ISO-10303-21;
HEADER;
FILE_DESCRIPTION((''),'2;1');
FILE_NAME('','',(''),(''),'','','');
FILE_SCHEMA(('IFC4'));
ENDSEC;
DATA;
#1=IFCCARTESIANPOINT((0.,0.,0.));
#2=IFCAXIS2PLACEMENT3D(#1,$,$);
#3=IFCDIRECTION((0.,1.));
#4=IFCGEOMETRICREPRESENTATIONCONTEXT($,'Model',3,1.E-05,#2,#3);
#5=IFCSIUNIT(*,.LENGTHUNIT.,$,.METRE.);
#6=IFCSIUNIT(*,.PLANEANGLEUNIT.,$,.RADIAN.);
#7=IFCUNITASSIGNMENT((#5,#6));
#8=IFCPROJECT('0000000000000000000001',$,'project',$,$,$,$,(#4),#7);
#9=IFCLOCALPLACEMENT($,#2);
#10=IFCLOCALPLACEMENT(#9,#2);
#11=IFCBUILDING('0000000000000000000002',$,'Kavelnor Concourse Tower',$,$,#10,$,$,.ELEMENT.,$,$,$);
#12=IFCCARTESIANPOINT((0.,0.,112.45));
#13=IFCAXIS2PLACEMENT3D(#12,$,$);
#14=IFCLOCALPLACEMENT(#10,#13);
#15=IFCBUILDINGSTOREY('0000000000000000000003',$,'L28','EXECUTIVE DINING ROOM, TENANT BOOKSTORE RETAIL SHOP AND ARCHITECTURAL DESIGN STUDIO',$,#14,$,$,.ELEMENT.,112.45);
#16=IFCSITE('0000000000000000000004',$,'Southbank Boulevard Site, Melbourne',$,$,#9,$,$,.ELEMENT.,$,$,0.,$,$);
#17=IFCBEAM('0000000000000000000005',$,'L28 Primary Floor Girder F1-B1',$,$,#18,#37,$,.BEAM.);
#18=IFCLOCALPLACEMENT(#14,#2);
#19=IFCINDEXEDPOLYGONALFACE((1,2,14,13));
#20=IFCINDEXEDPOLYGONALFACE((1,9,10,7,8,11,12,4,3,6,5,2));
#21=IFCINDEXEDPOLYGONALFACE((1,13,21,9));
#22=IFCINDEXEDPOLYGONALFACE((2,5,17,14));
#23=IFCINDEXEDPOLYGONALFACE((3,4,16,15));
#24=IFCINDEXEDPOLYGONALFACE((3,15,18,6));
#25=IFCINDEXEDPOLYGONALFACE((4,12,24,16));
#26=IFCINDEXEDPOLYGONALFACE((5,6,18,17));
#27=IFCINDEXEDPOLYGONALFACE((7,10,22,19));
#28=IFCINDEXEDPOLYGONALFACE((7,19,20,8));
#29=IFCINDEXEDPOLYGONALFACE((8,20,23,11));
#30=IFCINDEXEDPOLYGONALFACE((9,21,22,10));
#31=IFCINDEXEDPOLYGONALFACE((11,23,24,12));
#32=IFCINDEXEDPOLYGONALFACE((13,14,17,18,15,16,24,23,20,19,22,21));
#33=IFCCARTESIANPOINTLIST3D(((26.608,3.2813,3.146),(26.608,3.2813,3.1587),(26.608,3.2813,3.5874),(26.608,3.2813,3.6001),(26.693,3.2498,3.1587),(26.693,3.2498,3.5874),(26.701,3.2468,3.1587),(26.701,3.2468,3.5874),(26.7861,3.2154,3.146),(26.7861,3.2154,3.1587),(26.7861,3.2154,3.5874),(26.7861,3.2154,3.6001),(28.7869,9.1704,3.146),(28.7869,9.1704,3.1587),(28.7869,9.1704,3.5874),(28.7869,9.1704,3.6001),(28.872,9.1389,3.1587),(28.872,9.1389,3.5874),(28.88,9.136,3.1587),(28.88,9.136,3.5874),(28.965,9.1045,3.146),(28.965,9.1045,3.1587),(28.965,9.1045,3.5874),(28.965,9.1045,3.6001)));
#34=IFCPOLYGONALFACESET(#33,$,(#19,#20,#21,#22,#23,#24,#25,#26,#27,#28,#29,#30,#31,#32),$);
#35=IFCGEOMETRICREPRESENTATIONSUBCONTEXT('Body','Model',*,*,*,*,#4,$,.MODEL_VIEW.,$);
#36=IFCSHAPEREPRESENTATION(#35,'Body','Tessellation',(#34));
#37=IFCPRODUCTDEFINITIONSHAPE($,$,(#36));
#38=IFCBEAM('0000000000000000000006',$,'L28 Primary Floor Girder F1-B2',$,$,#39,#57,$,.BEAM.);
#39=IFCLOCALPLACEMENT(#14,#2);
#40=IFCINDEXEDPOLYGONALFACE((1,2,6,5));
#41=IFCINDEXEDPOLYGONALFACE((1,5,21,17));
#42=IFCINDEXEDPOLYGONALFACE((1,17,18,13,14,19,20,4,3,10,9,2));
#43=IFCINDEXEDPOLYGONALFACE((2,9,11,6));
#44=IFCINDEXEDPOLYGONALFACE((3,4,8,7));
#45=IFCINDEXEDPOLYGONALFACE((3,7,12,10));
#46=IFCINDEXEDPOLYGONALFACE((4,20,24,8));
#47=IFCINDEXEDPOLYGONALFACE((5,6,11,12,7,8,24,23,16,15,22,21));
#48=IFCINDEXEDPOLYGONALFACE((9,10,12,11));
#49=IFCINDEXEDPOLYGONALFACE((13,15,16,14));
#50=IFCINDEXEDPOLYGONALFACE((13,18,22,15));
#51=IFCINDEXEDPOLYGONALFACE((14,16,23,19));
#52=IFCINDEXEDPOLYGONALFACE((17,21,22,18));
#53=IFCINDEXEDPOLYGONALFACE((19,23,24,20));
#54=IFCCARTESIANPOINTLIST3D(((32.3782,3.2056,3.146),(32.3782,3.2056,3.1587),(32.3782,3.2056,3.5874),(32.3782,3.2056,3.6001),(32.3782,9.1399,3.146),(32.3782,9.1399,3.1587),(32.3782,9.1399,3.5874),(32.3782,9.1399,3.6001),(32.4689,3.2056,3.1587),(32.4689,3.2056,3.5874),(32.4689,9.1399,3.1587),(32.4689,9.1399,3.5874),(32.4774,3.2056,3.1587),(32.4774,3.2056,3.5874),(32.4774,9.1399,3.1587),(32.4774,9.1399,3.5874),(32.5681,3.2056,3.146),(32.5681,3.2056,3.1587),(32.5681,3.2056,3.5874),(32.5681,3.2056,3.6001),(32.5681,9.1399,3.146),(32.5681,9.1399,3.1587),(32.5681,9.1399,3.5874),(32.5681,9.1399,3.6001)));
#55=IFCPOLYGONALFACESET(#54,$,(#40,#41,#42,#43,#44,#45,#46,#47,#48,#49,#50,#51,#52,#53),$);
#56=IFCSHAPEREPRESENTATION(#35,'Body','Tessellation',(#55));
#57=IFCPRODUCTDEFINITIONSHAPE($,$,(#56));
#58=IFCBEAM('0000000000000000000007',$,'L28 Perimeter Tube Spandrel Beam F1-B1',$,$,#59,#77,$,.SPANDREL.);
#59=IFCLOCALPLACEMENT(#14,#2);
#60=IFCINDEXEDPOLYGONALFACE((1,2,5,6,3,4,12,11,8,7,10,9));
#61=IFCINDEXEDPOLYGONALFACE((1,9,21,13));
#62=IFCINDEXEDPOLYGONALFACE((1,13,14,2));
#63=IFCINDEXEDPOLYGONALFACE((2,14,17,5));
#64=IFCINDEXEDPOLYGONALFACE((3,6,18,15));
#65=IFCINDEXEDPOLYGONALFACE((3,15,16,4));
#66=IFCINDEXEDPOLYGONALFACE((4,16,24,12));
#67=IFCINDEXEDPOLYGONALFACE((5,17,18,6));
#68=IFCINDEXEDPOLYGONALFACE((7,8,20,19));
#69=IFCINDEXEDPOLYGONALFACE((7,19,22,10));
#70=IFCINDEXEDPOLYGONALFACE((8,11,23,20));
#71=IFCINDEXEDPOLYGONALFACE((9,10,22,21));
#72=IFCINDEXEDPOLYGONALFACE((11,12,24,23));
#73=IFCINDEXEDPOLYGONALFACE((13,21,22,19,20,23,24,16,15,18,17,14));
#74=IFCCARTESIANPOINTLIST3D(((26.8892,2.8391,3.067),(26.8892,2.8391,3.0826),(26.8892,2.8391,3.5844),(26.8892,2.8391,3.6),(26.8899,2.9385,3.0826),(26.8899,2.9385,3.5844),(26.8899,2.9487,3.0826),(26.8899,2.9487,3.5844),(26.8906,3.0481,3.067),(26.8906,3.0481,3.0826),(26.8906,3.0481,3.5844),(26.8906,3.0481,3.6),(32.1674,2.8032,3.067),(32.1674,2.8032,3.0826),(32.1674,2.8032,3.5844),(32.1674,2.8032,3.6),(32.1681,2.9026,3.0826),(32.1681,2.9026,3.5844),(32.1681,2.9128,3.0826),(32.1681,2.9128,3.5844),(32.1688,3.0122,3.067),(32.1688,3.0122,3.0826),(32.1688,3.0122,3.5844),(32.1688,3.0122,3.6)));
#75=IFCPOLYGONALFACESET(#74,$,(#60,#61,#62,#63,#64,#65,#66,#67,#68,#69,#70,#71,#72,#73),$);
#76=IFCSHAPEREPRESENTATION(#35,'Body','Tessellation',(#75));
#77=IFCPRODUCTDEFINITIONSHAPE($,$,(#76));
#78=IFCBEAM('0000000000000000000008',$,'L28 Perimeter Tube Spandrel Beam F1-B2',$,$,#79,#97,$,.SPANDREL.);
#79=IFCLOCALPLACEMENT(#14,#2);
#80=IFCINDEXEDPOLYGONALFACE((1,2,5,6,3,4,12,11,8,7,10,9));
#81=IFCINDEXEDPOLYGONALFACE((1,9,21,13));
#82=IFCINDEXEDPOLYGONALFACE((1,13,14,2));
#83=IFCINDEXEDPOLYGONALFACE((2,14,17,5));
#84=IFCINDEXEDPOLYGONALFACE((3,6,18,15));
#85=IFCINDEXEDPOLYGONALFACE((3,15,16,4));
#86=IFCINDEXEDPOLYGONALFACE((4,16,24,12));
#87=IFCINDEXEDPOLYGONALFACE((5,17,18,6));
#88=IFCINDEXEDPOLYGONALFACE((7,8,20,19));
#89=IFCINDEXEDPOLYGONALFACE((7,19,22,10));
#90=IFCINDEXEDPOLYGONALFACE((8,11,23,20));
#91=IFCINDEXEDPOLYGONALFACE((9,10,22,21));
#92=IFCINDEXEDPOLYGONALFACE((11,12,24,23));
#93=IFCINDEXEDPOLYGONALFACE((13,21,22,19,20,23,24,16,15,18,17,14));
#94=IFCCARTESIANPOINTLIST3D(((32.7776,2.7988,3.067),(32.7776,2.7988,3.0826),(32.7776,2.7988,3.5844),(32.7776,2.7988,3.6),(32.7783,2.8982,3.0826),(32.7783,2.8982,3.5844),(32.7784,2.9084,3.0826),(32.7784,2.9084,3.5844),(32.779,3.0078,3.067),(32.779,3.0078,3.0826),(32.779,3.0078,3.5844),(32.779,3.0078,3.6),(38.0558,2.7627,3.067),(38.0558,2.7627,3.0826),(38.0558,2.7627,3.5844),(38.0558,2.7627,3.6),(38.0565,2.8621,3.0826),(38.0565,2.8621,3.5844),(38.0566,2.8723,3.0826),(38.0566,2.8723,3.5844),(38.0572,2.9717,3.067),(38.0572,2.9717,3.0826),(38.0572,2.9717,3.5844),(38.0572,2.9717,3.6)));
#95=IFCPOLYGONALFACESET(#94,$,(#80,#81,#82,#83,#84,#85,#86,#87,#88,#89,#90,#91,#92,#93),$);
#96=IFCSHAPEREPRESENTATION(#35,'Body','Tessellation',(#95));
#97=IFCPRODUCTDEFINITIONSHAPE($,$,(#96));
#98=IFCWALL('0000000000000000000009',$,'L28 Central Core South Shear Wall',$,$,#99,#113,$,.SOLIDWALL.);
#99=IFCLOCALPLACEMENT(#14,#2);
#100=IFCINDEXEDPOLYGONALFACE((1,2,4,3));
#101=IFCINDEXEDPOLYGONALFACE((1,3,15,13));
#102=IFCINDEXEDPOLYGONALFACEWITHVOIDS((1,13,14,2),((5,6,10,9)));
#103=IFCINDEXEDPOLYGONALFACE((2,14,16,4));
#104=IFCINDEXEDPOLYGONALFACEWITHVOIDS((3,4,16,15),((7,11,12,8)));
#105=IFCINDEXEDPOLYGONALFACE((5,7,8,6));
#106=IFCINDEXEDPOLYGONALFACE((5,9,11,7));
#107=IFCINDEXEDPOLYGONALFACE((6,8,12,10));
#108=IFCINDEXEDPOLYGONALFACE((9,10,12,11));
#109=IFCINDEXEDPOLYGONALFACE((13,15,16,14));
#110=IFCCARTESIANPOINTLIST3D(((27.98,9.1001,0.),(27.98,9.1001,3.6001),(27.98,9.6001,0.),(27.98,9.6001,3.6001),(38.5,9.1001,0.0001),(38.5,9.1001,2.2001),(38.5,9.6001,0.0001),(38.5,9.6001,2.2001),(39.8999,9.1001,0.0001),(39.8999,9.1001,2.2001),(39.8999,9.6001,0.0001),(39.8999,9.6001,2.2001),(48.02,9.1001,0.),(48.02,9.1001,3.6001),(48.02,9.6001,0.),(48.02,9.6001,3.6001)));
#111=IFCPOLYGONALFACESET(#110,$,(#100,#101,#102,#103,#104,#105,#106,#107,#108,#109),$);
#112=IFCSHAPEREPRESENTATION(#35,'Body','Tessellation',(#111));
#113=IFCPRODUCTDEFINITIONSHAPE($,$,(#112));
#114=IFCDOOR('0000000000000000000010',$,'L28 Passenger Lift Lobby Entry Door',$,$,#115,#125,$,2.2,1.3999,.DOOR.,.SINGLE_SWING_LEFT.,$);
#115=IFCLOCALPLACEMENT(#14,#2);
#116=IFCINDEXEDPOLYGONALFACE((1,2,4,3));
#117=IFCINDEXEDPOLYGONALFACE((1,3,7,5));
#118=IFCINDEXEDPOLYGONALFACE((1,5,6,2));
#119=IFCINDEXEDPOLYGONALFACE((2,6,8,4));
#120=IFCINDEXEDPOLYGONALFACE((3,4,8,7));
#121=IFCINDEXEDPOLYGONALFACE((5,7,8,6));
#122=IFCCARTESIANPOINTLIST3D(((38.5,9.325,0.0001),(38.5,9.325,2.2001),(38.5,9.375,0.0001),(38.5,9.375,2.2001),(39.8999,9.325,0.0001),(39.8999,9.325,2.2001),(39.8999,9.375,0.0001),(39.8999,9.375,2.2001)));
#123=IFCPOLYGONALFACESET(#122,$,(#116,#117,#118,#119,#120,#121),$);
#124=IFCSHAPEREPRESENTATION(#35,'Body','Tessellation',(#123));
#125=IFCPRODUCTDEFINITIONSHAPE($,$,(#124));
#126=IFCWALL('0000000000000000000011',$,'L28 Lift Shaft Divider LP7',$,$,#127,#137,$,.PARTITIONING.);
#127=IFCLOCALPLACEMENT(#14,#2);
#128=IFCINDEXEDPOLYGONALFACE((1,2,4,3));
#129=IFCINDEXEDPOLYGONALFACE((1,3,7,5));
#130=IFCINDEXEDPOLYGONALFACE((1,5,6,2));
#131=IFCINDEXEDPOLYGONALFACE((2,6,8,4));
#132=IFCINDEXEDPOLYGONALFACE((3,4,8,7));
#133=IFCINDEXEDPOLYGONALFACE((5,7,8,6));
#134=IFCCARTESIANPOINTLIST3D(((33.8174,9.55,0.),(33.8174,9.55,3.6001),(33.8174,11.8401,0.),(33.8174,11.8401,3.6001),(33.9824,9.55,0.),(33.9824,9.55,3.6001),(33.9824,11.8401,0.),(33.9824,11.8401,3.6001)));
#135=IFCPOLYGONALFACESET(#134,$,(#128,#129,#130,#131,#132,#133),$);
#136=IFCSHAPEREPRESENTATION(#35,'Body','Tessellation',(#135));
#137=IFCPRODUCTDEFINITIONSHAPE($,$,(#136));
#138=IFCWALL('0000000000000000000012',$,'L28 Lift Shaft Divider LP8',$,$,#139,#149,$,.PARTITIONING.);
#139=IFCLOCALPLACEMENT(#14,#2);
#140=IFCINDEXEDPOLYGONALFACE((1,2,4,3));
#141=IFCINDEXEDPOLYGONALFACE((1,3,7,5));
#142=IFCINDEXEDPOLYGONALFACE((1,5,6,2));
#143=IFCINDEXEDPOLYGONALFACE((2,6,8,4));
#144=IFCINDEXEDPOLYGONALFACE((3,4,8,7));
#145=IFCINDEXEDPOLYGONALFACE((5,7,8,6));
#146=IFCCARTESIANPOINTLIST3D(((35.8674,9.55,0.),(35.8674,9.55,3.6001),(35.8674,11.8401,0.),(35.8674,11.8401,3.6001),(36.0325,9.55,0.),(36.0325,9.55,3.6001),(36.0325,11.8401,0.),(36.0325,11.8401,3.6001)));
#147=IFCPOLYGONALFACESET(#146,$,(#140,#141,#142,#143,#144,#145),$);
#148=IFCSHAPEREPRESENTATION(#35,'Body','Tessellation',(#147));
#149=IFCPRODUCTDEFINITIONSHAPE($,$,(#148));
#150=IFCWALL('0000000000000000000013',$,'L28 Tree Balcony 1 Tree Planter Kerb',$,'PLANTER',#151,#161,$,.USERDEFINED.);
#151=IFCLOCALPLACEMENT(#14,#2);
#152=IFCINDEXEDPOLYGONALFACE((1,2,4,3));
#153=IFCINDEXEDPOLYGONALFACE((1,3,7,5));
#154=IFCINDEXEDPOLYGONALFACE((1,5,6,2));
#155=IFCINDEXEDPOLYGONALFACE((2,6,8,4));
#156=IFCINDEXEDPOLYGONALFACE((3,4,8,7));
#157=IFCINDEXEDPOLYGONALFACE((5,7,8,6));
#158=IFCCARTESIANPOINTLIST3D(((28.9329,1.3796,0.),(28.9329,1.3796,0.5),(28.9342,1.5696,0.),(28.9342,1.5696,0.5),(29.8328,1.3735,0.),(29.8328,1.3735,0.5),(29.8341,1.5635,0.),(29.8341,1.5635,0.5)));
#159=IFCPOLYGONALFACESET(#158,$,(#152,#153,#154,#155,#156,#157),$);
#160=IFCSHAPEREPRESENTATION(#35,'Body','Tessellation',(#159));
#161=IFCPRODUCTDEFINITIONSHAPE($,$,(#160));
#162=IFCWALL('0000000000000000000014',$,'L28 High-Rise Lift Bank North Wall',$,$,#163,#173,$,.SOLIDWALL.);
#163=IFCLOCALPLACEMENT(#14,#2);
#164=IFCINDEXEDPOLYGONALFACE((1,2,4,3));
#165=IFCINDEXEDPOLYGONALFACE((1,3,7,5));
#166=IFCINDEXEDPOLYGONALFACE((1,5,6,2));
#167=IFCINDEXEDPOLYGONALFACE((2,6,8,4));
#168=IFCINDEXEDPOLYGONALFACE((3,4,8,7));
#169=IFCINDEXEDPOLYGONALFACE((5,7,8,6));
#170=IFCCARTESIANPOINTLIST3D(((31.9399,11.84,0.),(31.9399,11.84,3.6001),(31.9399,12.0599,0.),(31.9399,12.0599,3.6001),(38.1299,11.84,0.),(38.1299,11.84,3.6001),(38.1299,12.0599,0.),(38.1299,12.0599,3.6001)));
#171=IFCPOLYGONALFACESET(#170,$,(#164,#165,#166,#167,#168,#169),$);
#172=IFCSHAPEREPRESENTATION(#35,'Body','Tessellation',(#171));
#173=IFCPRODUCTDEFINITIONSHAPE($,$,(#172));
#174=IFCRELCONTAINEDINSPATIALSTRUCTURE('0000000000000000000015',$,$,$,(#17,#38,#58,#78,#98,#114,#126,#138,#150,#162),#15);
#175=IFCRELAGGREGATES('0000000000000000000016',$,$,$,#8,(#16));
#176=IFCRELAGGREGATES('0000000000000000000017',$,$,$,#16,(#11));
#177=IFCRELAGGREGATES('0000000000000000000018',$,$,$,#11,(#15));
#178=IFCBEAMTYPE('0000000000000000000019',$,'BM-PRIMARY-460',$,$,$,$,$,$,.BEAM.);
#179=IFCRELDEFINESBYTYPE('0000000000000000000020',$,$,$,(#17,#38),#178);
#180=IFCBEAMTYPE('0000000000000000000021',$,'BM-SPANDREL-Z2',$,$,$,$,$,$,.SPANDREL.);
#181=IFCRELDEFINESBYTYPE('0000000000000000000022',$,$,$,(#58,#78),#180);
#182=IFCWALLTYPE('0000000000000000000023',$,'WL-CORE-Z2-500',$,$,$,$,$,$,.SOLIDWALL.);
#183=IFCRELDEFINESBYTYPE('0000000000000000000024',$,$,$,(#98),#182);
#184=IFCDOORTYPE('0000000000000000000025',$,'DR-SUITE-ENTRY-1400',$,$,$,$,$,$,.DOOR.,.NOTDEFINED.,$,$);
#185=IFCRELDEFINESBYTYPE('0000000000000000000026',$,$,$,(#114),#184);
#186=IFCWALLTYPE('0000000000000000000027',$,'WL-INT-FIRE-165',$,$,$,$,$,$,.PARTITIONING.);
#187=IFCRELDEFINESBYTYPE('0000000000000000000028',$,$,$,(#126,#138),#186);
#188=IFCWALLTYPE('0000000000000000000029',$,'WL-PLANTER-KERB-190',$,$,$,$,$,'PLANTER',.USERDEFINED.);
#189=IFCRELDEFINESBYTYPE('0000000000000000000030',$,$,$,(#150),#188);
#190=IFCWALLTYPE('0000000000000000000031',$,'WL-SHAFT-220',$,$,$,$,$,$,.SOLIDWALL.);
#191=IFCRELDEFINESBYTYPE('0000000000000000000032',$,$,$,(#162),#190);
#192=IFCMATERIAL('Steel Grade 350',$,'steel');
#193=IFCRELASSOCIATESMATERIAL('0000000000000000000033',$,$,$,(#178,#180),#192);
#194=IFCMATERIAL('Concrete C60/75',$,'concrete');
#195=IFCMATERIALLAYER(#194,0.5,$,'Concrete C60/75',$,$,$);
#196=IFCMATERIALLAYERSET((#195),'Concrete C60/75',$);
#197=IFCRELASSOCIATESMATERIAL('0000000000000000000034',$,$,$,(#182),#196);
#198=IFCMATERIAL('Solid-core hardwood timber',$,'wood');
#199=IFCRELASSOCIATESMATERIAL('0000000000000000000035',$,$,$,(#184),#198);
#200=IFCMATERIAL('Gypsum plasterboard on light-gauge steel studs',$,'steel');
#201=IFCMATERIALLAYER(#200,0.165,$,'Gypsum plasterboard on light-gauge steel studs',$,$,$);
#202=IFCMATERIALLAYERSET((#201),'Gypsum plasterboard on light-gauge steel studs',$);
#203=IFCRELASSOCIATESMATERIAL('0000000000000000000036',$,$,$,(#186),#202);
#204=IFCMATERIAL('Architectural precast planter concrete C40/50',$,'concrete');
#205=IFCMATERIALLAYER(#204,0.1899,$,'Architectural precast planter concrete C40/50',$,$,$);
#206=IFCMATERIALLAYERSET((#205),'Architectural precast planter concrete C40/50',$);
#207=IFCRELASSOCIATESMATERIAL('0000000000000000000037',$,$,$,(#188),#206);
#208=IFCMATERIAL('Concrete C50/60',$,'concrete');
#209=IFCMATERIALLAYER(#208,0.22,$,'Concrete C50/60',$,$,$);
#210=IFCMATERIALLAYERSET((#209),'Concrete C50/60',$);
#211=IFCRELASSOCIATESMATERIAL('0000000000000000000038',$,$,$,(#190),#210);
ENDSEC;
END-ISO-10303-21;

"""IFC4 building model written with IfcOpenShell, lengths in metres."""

from ifc_helpers import new_model, si_unit, direction, frame, frame_2d, origin, origin_2d, place, context, subcontext, project, spatial, rectangle, i_section, extrude, material, layer, layer_set, material_profile, profile_set, type_object, element, fill, save


model = new_model("IFC4")

# Units and contexts
model_context = context("Model", 3, precision=1e-05, world=origin(), true_north=direction((0.0, 1.0)))
body_context = subcontext(model_context, "Body", "Model", "MODEL_VIEW")
ifc_project = project(units=[si_unit("LENGTHUNIT", "METRE"), si_unit("PLANEANGLEUNIT", "RADIAN")], contexts=[model_context])

# Site, building, storey
site_placement = place(None, origin())
site = spatial("IfcSite", under=ifc_project, at=site_placement, Name="Southbank Boulevard Site, Melbourne", CompositionType="ELEMENT", RefElevation=0.0)
building_placement = place(site_placement, origin())
building = spatial("IfcBuilding", under=site, at=building_placement, Name="Kavelnor Concourse Tower", CompositionType="ELEMENT")
storey_placement = place(building_placement, frame((0.0, 0.0, 112.45)))
storey = spatial("IfcBuildingStorey", under=building, at=storey_placement, Name="L28", Description="EXECUTIVE DINING ROOM, TENANT BOOKSTORE RETAIL SHOP AND ARCHITECTURAL DESIGN STUDIO", CompositionType="ELEMENT", Elevation=112.45)

# Shared definitions
ifc_material_1 = material(Name="Steel Grade 350", Category="steel")

# Beams
ifc_material_profile_1 = material_profile(ifc_material_1, i_section(OverallWidth=0.1899, OverallDepth=0.4541, WebThickness=0.0085, FlangeThickness=0.0127, at=origin_2d()), Name="460UB67")
ifc_profile_set_1 = profile_set([ifc_material_profile_1], Name="Steel Grade 350")
beam_type_1 = type_object("IfcBeamType", Name="BM-PRIMARY-460", PredefinedType="BEAM", material=ifc_profile_set_1)
beam_1_placement = place(storey_placement, frame((28.876, 9.1375, 3.373), z_axis=(-0.347004, -0.937864, 0.0), x_axis=(0.937864, -0.347004, 0.0)))
element("IfcBeam", 1, at=beam_1_placement, inside=storey, type_object=beam_type_1, Name="L28 Primary Floor Girder F1-B1", PredefinedType="BEAM", context=body_context, shape_type="SweptSolid", body=[
    extrude(i_section(OverallWidth=0.1899, OverallDepth=0.4541, WebThickness=0.0085, FlangeThickness=0.0127, at=origin_2d()), origin(), (0.0, 0.0, 1.0), 6.2793),
])
beam_2_placement = place(storey_placement, frame((32.4731, 9.1399, 3.373), z_axis=(0.0, -1.0, 0.0), x_axis=(1.0, 0.0, 0.0)))
element("IfcBeam", 2, at=beam_2_placement, inside=storey, type_object=beam_type_1, Name="L28 Primary Floor Girder F1-B2", PredefinedType="BEAM", context=body_context, shape_type="SweptSolid", body=[
    extrude(i_section(OverallWidth=0.1899, OverallDepth=0.4541, WebThickness=0.0085, FlangeThickness=0.0127, at=origin_2d()), origin(), (0.0, 0.0, 1.0), 5.9343),
])
ifc_material_profile_2 = material_profile(ifc_material_1, i_section(OverallWidth=0.209, OverallDepth=0.533, WebThickness=0.0103, FlangeThickness=0.0156, at=origin_2d()), Name="530UB92")
ifc_profile_set_2 = profile_set([ifc_material_profile_2], Name="Steel Grade 350")
beam_type_2 = type_object("IfcBeamType", Name="BM-SPANDREL-Z2", PredefinedType="SPANDREL", material=ifc_profile_set_2)
for number, where, z_axis, x_axis, name in (
    (3, (26.8899, 2.9436, 3.3335), (0.999977, -0.006799, 0.0), (0.006799, 0.999977, 0.0), "L28 Perimeter Tube Spandrel Beam F1-B1"),
    (4, (32.7783, 2.9033, 3.3335), (0.999977, -0.006846, 0.0), (0.006846, 0.999977, 0.0), "L28 Perimeter Tube Spandrel Beam F1-B2"),
):
    element("IfcBeam", number, at=place(storey_placement, frame(where, z_axis=z_axis, x_axis=x_axis)), inside=storey, type_object=beam_type_2, Name=name, PredefinedType="SPANDREL", context=body_context, shape_type="SweptSolid", body=[
        extrude(i_section(OverallWidth=0.209, OverallDepth=0.533, WebThickness=0.0103, FlangeThickness=0.0156, at=origin_2d()), origin(), (0.0, 0.0, 1.0), 5.2783),
    ])

# Wall, opening, door
ifc_material_2 = material(Name="Concrete C60/75", Category="concrete")
ifc_layer_1 = layer(ifc_material_2, 0.5, Name="Concrete C60/75")
ifc_layer_set_1 = layer_set([ifc_layer_1], Name="Concrete C60/75")
wall_type_1 = type_object("IfcWallType", Name="WL-CORE-Z2-500", PredefinedType="SOLIDWALL", material=ifc_layer_set_1)
wall_1_placement = place(storey_placement, frame((27.98, 9.3501, 0.0), z_axis=(0.0, 0.0, 1.0), x_axis=(1.0, 0.0, 0.0)))
wall_1 = element("IfcWall", 5, at=wall_1_placement, inside=storey, type_object=wall_type_1, Name="L28 Central Core South Shear Wall", PredefinedType="SOLIDWALL", context=body_context, shape_type="SweptSolid", body=[
    extrude(rectangle(XDim=20.04, YDim=0.5, at=frame_2d((10.02, 0.0))), origin(), (0.0, 0.0, 1.0), 3.6001),
])
opening_1_placement = place(wall_1_placement, frame((10.52, 0.0, 0.0)))
opening_1 = element("IfcOpeningElement", 6, at=opening_1_placement, cuts=wall_1, PredefinedType="OPENING", context=body_context, shape_type="SweptSolid", body=[
    extrude(rectangle(XDim=1.3999, YDim=2.2, at=frame_2d((0.7, 1.1001))), frame((0.0, 0.26, 0.0), z_axis=(0.0, -1.0, 0.0), x_axis=(1.0, 0.0, 0.0)), (0.0, 0.0, 1.0), 0.52),
])
ifc_material_3 = material(Name="Solid-core hardwood timber", Category="wood")
door_type_1 = type_object("IfcDoorType", Name="DR-SUITE-ENTRY-1400", OperationType="NOTDEFINED", PredefinedType="DOOR", material=ifc_material_3)
door_1_placement = place(opening_1_placement, origin())
door_1 = element("IfcDoor", 7, at=door_1_placement, inside=storey, type_object=door_type_1, Name="L28 Passenger Lift Lobby Entry Door", OperationType="SINGLE_SWING_LEFT", OverallHeight=2.2, OverallWidth=1.3999, PredefinedType="DOOR", context=body_context, shape_type="SweptSolid", body=[
    extrude(rectangle(XDim=1.3999, YDim=2.2, at=frame_2d((0.7, 1.1001))), frame((0.0, 0.0249, 0.0), z_axis=(0.0, -1.0, 0.0), x_axis=(1.0, 0.0, 0.0)), (0.0, 0.0, 1.0), 0.05),
])
fill(opening_1, door_1)

# Walls
ifc_material_4 = material(Name="Gypsum plasterboard on light-gauge steel studs", Category="steel")
ifc_layer_2 = layer(ifc_material_4, 0.165, Name="Gypsum plasterboard on light-gauge steel studs")
ifc_layer_set_2 = layer_set([ifc_layer_2], Name="Gypsum plasterboard on light-gauge steel studs")
wall_type_2 = type_object("IfcWallType", Name="WL-INT-FIRE-165", PredefinedType="PARTITIONING", material=ifc_layer_set_2)
for number, where, z_axis, x_axis, name in (
    (8, (33.8999, 9.55, 0.0), (0.0, 0.0, 1.0), (0.0, 1.0, 0.0), "L28 Lift Shaft Divider LP7"),
    (9, (35.95, 9.55, 0.0), (0.0, 0.0, 1.0), (0.0, 1.0, 0.0), "L28 Lift Shaft Divider LP8"),
):
    element("IfcWall", number, at=place(storey_placement, frame(where, z_axis=z_axis, x_axis=x_axis)), inside=storey, type_object=wall_type_2, Name=name, PredefinedType="PARTITIONING", context=body_context, shape_type="SweptSolid", body=[
        extrude(rectangle(XDim=2.29, YDim=0.165, at=frame_2d((1.145, 0.0))), origin(), (0.0, 0.0, 1.0), 3.6001),
    ])
ifc_material_5 = material(Name="Architectural precast planter concrete C40/50", Category="concrete")
ifc_layer_3 = layer(ifc_material_5, 0.1899, Name="Architectural precast planter concrete C40/50")
ifc_layer_set_3 = layer_set([ifc_layer_3], Name="Architectural precast planter concrete C40/50")
wall_type_3 = type_object("IfcWallType", Name="WL-PLANTER-KERB-190", ElementType="PLANTER", PredefinedType="USERDEFINED", material=ifc_layer_set_3)
wall_2_placement = place(storey_placement, frame((28.9336, 1.4746, 0.0), z_axis=(0.0, 0.0, 1.0), x_axis=(0.999977, -0.006782, 0.0)))
element("IfcWall", 10, at=wall_2_placement, inside=storey, type_object=wall_type_3, Name="L28 Tree Balcony 1 Tree Planter Kerb", ObjectType="PLANTER", PredefinedType="USERDEFINED", context=body_context, shape_type="SweptSolid", body=[
    extrude(rectangle(XDim=0.8999, YDim=0.1899, at=frame_2d((0.45, 0.0))), origin(), (0.0, 0.0, 1.0), 0.5),
])
ifc_material_6 = material(Name="Concrete C50/60", Category="concrete")
ifc_layer_4 = layer(ifc_material_6, 0.22, Name="Concrete C50/60")
ifc_layer_set_4 = layer_set([ifc_layer_4], Name="Concrete C50/60")
wall_type_4 = type_object("IfcWallType", Name="WL-SHAFT-220", PredefinedType="SOLIDWALL", material=ifc_layer_set_4)
wall_3_placement = place(storey_placement, frame((31.9399, 11.95, 0.0), z_axis=(0.0, 0.0, 1.0), x_axis=(1.0, 0.0, 0.0)))
element("IfcWall", 11, at=wall_3_placement, inside=storey, type_object=wall_type_4, Name="L28 High-Rise Lift Bank North Wall", PredefinedType="SOLIDWALL", context=body_context, shape_type="SweptSolid", body=[
    extrude(rectangle(XDim=6.1899, YDim=0.22, at=frame_2d((3.095, 0.0))), origin(), (0.0, 0.0, 1.0), 3.6001),
])

save(model, "model.ifc")
